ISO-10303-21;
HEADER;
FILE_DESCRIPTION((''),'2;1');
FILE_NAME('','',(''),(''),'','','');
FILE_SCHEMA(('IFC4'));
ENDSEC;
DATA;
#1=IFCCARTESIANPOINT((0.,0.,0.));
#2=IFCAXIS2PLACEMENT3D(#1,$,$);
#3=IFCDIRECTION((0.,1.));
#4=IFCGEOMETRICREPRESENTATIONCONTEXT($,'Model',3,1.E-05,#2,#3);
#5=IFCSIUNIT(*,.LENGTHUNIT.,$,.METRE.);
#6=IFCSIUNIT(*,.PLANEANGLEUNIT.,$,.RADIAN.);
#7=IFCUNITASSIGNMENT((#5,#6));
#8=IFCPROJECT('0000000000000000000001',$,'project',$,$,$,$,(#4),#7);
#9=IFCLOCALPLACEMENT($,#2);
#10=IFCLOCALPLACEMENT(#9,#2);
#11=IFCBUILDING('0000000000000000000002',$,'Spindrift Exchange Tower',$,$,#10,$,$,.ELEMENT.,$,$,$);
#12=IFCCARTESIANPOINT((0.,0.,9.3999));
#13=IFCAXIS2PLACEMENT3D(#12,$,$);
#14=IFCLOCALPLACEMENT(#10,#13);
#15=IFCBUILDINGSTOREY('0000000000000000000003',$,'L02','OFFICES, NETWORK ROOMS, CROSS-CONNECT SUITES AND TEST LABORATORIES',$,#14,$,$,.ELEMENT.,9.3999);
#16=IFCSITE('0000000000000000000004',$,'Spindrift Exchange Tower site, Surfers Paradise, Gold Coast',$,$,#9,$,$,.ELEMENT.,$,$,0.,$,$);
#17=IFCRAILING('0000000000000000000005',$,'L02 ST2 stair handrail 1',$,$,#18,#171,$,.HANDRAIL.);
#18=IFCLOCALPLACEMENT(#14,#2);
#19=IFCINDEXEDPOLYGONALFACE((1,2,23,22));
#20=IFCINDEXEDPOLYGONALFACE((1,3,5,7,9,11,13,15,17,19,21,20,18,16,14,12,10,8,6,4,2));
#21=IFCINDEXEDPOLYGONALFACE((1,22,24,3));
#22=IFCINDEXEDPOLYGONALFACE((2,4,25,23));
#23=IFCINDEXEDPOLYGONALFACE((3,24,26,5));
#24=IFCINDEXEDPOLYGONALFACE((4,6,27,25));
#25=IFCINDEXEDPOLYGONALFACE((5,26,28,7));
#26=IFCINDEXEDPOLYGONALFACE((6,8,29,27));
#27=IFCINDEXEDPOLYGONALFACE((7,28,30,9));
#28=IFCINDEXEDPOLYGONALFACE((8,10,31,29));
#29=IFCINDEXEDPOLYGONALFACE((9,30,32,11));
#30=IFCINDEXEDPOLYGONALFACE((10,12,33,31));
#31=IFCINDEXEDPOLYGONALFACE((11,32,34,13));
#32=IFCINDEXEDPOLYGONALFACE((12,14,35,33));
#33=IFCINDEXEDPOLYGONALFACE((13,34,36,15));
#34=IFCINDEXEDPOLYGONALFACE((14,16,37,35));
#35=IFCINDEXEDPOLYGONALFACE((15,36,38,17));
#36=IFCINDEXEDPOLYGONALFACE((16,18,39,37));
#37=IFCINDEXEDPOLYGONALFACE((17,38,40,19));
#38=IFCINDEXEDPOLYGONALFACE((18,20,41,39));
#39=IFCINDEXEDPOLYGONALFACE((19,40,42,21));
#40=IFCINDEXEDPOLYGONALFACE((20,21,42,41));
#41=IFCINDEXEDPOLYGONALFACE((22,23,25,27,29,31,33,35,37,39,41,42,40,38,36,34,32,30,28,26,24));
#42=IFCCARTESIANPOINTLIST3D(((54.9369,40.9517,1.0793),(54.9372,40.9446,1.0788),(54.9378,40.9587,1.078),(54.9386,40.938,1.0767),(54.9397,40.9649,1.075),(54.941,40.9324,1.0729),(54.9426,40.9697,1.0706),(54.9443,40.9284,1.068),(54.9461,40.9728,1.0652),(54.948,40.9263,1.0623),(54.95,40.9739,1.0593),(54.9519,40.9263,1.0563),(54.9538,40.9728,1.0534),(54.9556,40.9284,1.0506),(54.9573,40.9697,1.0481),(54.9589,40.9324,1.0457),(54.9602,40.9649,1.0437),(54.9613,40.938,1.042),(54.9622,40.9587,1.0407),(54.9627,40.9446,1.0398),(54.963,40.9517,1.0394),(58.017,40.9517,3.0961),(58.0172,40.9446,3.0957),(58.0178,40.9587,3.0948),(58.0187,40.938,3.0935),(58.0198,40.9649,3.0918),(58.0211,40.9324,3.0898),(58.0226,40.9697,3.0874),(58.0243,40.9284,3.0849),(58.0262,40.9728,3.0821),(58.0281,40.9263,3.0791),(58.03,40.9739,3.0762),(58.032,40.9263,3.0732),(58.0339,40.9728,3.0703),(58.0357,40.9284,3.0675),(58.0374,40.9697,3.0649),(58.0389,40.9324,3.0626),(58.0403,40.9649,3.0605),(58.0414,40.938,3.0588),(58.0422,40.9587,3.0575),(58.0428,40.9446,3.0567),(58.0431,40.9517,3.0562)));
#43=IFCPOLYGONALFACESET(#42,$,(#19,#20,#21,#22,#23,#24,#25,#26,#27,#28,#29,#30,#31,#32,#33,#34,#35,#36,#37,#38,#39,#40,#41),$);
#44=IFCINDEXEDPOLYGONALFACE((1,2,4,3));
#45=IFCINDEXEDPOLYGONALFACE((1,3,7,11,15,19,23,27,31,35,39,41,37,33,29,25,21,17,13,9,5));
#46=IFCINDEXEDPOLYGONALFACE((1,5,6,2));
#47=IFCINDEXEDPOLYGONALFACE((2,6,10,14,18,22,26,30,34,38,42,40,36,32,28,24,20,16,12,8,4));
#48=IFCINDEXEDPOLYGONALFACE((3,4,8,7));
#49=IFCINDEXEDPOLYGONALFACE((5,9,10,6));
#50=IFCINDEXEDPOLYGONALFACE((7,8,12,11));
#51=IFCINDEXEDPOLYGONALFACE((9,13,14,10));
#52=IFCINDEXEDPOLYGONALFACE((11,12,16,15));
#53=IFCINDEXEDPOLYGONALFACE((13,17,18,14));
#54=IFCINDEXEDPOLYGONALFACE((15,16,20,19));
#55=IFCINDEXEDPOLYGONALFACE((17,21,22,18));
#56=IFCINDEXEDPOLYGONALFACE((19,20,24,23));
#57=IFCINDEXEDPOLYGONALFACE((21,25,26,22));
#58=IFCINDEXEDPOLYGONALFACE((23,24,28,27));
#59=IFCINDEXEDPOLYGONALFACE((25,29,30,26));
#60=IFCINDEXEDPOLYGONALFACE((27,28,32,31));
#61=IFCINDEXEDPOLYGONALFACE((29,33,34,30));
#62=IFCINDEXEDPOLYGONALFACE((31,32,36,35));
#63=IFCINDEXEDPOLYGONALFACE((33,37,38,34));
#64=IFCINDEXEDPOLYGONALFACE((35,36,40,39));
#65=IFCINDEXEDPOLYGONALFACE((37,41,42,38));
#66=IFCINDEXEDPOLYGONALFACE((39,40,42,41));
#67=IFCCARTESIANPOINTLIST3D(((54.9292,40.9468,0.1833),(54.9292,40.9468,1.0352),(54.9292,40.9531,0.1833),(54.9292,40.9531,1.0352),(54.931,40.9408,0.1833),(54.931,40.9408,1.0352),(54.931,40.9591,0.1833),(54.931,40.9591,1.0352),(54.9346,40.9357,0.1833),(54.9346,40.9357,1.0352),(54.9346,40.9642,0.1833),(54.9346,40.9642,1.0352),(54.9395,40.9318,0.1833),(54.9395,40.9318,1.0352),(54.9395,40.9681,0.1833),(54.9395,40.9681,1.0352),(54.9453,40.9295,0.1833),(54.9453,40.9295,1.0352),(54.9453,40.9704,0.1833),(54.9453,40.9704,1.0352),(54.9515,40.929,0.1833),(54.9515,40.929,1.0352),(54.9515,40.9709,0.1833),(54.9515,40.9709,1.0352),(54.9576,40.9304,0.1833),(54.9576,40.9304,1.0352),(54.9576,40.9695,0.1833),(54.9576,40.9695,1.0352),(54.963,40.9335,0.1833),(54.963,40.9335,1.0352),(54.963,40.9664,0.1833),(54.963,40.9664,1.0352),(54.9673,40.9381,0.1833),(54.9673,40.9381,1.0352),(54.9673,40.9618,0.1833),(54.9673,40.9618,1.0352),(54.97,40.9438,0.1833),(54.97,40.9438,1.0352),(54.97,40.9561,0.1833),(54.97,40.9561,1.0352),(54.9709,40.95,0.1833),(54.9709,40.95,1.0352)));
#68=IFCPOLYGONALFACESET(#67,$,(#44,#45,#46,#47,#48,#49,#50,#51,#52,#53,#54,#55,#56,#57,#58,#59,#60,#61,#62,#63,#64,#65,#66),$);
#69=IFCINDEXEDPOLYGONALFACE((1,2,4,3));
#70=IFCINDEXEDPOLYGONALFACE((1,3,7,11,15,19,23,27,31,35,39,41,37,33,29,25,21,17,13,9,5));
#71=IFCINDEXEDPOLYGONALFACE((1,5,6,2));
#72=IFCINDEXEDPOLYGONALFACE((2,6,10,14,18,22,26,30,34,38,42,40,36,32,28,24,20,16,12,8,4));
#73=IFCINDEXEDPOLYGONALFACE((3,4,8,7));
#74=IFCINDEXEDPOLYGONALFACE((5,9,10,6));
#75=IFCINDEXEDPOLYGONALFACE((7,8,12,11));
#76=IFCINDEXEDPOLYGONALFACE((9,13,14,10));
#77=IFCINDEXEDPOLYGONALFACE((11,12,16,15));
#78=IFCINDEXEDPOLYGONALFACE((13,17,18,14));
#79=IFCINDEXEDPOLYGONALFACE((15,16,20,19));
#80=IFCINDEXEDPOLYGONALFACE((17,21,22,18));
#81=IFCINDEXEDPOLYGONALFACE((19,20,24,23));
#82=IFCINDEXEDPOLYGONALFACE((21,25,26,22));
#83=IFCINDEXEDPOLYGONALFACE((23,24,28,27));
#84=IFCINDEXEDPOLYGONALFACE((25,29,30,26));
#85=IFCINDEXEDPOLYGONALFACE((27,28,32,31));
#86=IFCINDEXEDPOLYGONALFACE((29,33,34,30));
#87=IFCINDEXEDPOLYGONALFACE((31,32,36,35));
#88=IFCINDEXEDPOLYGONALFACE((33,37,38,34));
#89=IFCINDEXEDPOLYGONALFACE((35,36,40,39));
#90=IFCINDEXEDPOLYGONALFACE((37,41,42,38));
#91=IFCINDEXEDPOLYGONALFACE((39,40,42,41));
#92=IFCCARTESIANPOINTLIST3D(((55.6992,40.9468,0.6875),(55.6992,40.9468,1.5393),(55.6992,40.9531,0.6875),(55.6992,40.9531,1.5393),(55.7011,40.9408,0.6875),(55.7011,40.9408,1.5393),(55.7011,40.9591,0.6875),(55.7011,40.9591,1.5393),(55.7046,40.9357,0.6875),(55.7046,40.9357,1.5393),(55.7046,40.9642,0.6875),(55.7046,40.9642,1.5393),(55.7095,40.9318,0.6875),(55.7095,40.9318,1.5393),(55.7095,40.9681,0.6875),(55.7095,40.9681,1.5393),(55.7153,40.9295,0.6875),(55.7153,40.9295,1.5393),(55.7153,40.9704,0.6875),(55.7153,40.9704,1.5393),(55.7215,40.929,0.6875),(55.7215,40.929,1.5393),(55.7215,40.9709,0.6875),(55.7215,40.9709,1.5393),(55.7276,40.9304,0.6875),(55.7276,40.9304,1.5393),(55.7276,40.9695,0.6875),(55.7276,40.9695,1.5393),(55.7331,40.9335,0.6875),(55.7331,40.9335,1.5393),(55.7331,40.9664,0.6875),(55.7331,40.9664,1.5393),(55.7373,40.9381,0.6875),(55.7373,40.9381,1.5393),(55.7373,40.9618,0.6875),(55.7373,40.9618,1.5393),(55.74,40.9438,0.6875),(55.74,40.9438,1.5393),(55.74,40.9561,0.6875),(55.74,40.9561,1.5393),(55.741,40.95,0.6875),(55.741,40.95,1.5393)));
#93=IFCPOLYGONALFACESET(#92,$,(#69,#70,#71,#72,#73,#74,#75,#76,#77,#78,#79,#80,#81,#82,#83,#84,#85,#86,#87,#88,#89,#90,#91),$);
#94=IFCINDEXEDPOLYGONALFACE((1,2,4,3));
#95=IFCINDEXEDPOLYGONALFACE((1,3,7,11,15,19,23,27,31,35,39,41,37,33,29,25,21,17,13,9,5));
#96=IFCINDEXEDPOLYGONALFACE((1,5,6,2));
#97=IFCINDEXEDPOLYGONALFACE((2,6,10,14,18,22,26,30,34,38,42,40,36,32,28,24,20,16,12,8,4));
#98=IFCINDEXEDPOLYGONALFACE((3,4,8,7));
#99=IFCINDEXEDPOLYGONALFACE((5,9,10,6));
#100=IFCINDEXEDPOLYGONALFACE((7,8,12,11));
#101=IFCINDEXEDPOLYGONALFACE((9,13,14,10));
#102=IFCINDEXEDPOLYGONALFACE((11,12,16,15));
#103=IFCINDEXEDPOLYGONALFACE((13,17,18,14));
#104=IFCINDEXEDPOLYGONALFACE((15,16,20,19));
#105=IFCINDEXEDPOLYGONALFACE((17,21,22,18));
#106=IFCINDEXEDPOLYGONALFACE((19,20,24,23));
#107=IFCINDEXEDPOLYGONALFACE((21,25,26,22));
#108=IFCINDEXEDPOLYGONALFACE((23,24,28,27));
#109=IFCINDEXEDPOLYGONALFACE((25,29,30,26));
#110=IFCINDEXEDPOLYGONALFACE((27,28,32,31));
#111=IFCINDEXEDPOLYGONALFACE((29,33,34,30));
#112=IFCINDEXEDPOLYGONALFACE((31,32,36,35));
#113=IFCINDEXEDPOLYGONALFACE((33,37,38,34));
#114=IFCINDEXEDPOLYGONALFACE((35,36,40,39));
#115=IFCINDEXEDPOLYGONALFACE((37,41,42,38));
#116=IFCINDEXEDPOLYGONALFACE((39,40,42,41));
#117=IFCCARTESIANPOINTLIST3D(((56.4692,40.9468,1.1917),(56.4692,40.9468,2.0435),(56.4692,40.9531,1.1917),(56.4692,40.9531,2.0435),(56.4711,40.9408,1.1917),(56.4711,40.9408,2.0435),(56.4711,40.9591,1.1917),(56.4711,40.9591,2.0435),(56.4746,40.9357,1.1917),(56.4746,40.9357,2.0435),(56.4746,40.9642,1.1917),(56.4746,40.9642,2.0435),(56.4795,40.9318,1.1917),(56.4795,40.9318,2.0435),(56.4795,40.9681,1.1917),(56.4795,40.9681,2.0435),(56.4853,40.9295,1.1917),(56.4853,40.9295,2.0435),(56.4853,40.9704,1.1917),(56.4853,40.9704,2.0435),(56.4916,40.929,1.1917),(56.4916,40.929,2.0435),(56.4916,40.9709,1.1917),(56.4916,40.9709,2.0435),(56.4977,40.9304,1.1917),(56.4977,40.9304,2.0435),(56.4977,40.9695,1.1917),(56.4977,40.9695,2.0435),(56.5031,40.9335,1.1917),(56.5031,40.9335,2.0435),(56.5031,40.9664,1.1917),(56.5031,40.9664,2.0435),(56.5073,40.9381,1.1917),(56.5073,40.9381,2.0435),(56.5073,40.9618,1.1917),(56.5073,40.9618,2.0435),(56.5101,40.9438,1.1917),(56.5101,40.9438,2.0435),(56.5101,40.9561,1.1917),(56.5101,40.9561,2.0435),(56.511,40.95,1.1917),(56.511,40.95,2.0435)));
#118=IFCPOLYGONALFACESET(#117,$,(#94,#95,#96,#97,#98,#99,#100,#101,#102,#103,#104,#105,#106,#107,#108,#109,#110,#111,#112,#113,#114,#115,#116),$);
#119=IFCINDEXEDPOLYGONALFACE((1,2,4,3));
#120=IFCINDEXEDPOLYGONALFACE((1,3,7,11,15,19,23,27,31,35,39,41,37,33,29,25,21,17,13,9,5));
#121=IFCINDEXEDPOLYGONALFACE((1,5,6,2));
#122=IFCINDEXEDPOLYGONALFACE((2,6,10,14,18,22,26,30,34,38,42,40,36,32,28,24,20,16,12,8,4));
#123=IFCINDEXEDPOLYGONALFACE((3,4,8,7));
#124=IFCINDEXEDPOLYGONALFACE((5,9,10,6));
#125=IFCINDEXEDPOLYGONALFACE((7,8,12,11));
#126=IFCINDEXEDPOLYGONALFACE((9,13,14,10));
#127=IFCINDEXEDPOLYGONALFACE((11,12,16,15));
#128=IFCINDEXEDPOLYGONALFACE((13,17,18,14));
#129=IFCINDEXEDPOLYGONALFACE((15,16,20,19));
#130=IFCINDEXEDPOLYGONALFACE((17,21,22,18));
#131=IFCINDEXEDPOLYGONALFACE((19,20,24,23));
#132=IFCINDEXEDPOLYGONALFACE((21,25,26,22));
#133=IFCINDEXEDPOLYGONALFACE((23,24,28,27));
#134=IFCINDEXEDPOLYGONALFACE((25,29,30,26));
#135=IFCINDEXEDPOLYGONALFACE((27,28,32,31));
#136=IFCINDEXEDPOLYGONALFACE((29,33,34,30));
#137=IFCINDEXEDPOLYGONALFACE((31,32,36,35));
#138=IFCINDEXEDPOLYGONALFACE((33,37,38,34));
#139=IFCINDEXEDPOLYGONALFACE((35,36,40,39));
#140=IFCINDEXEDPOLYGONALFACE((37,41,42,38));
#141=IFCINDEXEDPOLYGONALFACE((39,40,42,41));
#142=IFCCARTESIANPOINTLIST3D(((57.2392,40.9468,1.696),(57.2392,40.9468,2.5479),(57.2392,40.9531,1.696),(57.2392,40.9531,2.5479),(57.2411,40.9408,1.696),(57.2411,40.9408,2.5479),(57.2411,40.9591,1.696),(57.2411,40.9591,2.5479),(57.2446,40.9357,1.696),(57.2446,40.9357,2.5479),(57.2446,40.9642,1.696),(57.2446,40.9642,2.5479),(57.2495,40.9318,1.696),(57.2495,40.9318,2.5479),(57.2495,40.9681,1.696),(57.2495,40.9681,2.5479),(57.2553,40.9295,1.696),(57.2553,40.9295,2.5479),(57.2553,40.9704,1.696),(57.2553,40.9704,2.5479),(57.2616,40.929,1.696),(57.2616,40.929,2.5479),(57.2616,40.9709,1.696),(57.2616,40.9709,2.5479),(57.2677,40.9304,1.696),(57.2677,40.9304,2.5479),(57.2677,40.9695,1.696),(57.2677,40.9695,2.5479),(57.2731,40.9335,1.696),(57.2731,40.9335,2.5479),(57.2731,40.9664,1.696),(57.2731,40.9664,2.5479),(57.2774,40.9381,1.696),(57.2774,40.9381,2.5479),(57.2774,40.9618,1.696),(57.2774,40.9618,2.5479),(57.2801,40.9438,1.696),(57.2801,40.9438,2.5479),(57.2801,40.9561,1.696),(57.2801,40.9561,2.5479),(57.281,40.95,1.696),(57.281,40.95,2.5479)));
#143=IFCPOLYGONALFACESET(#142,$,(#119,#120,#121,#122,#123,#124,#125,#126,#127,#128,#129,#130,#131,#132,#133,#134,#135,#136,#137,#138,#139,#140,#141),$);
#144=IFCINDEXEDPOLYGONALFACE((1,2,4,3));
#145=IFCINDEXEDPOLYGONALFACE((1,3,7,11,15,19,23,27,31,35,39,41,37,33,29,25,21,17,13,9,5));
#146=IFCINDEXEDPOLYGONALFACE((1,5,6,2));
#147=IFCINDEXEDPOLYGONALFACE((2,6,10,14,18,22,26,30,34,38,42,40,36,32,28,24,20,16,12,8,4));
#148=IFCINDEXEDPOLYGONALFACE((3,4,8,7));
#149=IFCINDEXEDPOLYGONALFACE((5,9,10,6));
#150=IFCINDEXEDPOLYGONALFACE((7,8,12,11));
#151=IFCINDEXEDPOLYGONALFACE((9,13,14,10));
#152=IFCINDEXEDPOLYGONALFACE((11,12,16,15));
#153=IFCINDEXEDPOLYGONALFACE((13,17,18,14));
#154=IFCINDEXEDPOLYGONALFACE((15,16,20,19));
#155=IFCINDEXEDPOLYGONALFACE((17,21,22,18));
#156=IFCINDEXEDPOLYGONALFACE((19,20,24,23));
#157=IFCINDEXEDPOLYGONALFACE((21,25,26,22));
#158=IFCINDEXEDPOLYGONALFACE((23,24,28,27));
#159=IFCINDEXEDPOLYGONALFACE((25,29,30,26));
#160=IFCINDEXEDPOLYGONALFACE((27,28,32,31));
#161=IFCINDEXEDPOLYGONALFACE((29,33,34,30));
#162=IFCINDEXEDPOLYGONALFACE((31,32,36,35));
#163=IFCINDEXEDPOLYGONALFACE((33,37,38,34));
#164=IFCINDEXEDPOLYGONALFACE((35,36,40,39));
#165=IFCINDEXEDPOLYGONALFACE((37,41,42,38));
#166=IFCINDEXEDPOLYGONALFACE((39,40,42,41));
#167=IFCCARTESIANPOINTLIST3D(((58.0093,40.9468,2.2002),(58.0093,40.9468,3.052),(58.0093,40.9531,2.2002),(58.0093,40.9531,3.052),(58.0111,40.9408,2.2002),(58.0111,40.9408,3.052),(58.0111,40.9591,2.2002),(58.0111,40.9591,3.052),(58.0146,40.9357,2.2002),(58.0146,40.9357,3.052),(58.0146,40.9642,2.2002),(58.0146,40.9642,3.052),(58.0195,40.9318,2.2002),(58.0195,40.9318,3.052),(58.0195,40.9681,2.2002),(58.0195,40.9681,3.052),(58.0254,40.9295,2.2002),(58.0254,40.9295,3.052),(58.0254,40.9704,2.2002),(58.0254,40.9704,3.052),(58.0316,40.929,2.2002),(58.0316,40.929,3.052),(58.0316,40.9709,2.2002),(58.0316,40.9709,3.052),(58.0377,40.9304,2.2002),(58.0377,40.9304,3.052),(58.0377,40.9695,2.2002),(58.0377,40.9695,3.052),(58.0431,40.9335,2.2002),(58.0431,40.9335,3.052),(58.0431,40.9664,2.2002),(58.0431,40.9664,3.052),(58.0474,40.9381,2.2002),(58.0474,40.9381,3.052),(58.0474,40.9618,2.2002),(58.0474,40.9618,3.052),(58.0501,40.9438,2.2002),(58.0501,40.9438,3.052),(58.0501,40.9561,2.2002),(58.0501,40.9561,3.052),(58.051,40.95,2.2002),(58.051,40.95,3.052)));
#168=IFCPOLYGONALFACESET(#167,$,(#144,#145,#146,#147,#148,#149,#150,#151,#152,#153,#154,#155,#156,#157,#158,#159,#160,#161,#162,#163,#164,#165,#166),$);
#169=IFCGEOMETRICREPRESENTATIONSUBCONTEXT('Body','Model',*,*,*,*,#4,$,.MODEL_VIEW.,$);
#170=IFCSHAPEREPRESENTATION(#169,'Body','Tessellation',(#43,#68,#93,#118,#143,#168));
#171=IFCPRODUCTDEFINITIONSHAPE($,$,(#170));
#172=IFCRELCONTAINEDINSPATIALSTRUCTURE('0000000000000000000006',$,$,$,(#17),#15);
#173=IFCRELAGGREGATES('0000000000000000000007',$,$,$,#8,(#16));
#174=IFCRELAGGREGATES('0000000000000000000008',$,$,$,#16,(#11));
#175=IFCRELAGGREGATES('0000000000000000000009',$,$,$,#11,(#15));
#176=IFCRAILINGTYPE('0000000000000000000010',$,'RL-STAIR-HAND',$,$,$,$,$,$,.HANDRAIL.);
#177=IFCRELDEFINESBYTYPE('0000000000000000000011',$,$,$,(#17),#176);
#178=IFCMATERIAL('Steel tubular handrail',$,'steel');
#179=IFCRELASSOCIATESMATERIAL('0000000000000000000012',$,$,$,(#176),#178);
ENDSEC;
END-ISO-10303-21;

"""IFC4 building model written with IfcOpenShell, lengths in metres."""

from ifc_helpers import new_model, si_unit, direction, frame, origin, origin_2d, place, context, subcontext, project, spatial, circle, extrude, material, type_object, element, save


model = new_model("IFC4")

# Units and contexts
model_context = context("Model", 3, precision=1e-05, world=origin(), true_north=direction((0.0, 1.0)))
body_context = subcontext(model_context, "Body", "Model", "MODEL_VIEW")
ifc_project = project(units=[si_unit("LENGTHUNIT", "METRE"), si_unit("PLANEANGLEUNIT", "RADIAN")], contexts=[model_context])

# Site, building, storey
site_placement = place(None, origin())
site = spatial("IfcSite", under=ifc_project, at=site_placement, Name="Spindrift Exchange Tower site, Surfers Paradise, Gold Coast", CompositionType="ELEMENT", RefElevation=0.0)
building_placement = place(site_placement, origin())
building = spatial("IfcBuilding", under=site, at=building_placement, Name="Spindrift Exchange Tower", CompositionType="ELEMENT")
storey_placement = place(building_placement, frame((0.0, 0.0, 9.3999)))
storey = spatial("IfcBuildingStorey", under=building, at=storey_placement, Name="L02", Description="OFFICES, NETWORK ROOMS, CROSS-CONNECT SUITES AND TEST LABORATORIES", CompositionType="ELEMENT", Elevation=9.3999)

# Railing
ifc_material_1 = material(Name="Steel tubular handrail", Category="steel")
railing_type_1 = type_object("IfcRailingType", Name="RL-STAIR-HAND", PredefinedType="HANDRAIL", material=ifc_material_1)
railing_1_placement = place(storey_placement, frame((54.95, 40.95, 0.1833)))
element("IfcRailing", 1, at=railing_1_placement, inside=storey, type_object=railing_type_1, Name="L02 ST2 stair handrail 1", PredefinedType="HANDRAIL", context=body_context, shape_type="SweptSolid", body=[
    extrude(circle(Radius=0.0239, at=origin_2d()), frame((0.0, 0.0, 0.876), z_axis=(0.836603, 0.0, 0.54781), x_axis=(0.0, 1.0, 0.0)), (0.0, 0.0, 1.0), 3.6816),
    extrude(circle(Radius=0.021, at=origin_2d()), origin(), (0.0, 0.0, 1.0), 0.8518),
    extrude(circle(Radius=0.021, at=origin_2d()), frame((0.77, 0.0, 0.5042)), (0.0, 0.0, 1.0), 0.8518),
    extrude(circle(Radius=0.021, at=origin_2d()), frame((1.54, 0.0, 1.0083)), (0.0, 0.0, 1.0), 0.8518),
    extrude(circle(Radius=0.021, at=origin_2d()), frame((2.3101, 0.0, 1.5127)), (0.0, 0.0, 1.0), 0.8518),
    extrude(circle(Radius=0.021, at=origin_2d()), frame((3.0801, 0.0, 2.0168)), (0.0, 0.0, 1.0), 0.8518),
])

save(model, "model.ifc")
